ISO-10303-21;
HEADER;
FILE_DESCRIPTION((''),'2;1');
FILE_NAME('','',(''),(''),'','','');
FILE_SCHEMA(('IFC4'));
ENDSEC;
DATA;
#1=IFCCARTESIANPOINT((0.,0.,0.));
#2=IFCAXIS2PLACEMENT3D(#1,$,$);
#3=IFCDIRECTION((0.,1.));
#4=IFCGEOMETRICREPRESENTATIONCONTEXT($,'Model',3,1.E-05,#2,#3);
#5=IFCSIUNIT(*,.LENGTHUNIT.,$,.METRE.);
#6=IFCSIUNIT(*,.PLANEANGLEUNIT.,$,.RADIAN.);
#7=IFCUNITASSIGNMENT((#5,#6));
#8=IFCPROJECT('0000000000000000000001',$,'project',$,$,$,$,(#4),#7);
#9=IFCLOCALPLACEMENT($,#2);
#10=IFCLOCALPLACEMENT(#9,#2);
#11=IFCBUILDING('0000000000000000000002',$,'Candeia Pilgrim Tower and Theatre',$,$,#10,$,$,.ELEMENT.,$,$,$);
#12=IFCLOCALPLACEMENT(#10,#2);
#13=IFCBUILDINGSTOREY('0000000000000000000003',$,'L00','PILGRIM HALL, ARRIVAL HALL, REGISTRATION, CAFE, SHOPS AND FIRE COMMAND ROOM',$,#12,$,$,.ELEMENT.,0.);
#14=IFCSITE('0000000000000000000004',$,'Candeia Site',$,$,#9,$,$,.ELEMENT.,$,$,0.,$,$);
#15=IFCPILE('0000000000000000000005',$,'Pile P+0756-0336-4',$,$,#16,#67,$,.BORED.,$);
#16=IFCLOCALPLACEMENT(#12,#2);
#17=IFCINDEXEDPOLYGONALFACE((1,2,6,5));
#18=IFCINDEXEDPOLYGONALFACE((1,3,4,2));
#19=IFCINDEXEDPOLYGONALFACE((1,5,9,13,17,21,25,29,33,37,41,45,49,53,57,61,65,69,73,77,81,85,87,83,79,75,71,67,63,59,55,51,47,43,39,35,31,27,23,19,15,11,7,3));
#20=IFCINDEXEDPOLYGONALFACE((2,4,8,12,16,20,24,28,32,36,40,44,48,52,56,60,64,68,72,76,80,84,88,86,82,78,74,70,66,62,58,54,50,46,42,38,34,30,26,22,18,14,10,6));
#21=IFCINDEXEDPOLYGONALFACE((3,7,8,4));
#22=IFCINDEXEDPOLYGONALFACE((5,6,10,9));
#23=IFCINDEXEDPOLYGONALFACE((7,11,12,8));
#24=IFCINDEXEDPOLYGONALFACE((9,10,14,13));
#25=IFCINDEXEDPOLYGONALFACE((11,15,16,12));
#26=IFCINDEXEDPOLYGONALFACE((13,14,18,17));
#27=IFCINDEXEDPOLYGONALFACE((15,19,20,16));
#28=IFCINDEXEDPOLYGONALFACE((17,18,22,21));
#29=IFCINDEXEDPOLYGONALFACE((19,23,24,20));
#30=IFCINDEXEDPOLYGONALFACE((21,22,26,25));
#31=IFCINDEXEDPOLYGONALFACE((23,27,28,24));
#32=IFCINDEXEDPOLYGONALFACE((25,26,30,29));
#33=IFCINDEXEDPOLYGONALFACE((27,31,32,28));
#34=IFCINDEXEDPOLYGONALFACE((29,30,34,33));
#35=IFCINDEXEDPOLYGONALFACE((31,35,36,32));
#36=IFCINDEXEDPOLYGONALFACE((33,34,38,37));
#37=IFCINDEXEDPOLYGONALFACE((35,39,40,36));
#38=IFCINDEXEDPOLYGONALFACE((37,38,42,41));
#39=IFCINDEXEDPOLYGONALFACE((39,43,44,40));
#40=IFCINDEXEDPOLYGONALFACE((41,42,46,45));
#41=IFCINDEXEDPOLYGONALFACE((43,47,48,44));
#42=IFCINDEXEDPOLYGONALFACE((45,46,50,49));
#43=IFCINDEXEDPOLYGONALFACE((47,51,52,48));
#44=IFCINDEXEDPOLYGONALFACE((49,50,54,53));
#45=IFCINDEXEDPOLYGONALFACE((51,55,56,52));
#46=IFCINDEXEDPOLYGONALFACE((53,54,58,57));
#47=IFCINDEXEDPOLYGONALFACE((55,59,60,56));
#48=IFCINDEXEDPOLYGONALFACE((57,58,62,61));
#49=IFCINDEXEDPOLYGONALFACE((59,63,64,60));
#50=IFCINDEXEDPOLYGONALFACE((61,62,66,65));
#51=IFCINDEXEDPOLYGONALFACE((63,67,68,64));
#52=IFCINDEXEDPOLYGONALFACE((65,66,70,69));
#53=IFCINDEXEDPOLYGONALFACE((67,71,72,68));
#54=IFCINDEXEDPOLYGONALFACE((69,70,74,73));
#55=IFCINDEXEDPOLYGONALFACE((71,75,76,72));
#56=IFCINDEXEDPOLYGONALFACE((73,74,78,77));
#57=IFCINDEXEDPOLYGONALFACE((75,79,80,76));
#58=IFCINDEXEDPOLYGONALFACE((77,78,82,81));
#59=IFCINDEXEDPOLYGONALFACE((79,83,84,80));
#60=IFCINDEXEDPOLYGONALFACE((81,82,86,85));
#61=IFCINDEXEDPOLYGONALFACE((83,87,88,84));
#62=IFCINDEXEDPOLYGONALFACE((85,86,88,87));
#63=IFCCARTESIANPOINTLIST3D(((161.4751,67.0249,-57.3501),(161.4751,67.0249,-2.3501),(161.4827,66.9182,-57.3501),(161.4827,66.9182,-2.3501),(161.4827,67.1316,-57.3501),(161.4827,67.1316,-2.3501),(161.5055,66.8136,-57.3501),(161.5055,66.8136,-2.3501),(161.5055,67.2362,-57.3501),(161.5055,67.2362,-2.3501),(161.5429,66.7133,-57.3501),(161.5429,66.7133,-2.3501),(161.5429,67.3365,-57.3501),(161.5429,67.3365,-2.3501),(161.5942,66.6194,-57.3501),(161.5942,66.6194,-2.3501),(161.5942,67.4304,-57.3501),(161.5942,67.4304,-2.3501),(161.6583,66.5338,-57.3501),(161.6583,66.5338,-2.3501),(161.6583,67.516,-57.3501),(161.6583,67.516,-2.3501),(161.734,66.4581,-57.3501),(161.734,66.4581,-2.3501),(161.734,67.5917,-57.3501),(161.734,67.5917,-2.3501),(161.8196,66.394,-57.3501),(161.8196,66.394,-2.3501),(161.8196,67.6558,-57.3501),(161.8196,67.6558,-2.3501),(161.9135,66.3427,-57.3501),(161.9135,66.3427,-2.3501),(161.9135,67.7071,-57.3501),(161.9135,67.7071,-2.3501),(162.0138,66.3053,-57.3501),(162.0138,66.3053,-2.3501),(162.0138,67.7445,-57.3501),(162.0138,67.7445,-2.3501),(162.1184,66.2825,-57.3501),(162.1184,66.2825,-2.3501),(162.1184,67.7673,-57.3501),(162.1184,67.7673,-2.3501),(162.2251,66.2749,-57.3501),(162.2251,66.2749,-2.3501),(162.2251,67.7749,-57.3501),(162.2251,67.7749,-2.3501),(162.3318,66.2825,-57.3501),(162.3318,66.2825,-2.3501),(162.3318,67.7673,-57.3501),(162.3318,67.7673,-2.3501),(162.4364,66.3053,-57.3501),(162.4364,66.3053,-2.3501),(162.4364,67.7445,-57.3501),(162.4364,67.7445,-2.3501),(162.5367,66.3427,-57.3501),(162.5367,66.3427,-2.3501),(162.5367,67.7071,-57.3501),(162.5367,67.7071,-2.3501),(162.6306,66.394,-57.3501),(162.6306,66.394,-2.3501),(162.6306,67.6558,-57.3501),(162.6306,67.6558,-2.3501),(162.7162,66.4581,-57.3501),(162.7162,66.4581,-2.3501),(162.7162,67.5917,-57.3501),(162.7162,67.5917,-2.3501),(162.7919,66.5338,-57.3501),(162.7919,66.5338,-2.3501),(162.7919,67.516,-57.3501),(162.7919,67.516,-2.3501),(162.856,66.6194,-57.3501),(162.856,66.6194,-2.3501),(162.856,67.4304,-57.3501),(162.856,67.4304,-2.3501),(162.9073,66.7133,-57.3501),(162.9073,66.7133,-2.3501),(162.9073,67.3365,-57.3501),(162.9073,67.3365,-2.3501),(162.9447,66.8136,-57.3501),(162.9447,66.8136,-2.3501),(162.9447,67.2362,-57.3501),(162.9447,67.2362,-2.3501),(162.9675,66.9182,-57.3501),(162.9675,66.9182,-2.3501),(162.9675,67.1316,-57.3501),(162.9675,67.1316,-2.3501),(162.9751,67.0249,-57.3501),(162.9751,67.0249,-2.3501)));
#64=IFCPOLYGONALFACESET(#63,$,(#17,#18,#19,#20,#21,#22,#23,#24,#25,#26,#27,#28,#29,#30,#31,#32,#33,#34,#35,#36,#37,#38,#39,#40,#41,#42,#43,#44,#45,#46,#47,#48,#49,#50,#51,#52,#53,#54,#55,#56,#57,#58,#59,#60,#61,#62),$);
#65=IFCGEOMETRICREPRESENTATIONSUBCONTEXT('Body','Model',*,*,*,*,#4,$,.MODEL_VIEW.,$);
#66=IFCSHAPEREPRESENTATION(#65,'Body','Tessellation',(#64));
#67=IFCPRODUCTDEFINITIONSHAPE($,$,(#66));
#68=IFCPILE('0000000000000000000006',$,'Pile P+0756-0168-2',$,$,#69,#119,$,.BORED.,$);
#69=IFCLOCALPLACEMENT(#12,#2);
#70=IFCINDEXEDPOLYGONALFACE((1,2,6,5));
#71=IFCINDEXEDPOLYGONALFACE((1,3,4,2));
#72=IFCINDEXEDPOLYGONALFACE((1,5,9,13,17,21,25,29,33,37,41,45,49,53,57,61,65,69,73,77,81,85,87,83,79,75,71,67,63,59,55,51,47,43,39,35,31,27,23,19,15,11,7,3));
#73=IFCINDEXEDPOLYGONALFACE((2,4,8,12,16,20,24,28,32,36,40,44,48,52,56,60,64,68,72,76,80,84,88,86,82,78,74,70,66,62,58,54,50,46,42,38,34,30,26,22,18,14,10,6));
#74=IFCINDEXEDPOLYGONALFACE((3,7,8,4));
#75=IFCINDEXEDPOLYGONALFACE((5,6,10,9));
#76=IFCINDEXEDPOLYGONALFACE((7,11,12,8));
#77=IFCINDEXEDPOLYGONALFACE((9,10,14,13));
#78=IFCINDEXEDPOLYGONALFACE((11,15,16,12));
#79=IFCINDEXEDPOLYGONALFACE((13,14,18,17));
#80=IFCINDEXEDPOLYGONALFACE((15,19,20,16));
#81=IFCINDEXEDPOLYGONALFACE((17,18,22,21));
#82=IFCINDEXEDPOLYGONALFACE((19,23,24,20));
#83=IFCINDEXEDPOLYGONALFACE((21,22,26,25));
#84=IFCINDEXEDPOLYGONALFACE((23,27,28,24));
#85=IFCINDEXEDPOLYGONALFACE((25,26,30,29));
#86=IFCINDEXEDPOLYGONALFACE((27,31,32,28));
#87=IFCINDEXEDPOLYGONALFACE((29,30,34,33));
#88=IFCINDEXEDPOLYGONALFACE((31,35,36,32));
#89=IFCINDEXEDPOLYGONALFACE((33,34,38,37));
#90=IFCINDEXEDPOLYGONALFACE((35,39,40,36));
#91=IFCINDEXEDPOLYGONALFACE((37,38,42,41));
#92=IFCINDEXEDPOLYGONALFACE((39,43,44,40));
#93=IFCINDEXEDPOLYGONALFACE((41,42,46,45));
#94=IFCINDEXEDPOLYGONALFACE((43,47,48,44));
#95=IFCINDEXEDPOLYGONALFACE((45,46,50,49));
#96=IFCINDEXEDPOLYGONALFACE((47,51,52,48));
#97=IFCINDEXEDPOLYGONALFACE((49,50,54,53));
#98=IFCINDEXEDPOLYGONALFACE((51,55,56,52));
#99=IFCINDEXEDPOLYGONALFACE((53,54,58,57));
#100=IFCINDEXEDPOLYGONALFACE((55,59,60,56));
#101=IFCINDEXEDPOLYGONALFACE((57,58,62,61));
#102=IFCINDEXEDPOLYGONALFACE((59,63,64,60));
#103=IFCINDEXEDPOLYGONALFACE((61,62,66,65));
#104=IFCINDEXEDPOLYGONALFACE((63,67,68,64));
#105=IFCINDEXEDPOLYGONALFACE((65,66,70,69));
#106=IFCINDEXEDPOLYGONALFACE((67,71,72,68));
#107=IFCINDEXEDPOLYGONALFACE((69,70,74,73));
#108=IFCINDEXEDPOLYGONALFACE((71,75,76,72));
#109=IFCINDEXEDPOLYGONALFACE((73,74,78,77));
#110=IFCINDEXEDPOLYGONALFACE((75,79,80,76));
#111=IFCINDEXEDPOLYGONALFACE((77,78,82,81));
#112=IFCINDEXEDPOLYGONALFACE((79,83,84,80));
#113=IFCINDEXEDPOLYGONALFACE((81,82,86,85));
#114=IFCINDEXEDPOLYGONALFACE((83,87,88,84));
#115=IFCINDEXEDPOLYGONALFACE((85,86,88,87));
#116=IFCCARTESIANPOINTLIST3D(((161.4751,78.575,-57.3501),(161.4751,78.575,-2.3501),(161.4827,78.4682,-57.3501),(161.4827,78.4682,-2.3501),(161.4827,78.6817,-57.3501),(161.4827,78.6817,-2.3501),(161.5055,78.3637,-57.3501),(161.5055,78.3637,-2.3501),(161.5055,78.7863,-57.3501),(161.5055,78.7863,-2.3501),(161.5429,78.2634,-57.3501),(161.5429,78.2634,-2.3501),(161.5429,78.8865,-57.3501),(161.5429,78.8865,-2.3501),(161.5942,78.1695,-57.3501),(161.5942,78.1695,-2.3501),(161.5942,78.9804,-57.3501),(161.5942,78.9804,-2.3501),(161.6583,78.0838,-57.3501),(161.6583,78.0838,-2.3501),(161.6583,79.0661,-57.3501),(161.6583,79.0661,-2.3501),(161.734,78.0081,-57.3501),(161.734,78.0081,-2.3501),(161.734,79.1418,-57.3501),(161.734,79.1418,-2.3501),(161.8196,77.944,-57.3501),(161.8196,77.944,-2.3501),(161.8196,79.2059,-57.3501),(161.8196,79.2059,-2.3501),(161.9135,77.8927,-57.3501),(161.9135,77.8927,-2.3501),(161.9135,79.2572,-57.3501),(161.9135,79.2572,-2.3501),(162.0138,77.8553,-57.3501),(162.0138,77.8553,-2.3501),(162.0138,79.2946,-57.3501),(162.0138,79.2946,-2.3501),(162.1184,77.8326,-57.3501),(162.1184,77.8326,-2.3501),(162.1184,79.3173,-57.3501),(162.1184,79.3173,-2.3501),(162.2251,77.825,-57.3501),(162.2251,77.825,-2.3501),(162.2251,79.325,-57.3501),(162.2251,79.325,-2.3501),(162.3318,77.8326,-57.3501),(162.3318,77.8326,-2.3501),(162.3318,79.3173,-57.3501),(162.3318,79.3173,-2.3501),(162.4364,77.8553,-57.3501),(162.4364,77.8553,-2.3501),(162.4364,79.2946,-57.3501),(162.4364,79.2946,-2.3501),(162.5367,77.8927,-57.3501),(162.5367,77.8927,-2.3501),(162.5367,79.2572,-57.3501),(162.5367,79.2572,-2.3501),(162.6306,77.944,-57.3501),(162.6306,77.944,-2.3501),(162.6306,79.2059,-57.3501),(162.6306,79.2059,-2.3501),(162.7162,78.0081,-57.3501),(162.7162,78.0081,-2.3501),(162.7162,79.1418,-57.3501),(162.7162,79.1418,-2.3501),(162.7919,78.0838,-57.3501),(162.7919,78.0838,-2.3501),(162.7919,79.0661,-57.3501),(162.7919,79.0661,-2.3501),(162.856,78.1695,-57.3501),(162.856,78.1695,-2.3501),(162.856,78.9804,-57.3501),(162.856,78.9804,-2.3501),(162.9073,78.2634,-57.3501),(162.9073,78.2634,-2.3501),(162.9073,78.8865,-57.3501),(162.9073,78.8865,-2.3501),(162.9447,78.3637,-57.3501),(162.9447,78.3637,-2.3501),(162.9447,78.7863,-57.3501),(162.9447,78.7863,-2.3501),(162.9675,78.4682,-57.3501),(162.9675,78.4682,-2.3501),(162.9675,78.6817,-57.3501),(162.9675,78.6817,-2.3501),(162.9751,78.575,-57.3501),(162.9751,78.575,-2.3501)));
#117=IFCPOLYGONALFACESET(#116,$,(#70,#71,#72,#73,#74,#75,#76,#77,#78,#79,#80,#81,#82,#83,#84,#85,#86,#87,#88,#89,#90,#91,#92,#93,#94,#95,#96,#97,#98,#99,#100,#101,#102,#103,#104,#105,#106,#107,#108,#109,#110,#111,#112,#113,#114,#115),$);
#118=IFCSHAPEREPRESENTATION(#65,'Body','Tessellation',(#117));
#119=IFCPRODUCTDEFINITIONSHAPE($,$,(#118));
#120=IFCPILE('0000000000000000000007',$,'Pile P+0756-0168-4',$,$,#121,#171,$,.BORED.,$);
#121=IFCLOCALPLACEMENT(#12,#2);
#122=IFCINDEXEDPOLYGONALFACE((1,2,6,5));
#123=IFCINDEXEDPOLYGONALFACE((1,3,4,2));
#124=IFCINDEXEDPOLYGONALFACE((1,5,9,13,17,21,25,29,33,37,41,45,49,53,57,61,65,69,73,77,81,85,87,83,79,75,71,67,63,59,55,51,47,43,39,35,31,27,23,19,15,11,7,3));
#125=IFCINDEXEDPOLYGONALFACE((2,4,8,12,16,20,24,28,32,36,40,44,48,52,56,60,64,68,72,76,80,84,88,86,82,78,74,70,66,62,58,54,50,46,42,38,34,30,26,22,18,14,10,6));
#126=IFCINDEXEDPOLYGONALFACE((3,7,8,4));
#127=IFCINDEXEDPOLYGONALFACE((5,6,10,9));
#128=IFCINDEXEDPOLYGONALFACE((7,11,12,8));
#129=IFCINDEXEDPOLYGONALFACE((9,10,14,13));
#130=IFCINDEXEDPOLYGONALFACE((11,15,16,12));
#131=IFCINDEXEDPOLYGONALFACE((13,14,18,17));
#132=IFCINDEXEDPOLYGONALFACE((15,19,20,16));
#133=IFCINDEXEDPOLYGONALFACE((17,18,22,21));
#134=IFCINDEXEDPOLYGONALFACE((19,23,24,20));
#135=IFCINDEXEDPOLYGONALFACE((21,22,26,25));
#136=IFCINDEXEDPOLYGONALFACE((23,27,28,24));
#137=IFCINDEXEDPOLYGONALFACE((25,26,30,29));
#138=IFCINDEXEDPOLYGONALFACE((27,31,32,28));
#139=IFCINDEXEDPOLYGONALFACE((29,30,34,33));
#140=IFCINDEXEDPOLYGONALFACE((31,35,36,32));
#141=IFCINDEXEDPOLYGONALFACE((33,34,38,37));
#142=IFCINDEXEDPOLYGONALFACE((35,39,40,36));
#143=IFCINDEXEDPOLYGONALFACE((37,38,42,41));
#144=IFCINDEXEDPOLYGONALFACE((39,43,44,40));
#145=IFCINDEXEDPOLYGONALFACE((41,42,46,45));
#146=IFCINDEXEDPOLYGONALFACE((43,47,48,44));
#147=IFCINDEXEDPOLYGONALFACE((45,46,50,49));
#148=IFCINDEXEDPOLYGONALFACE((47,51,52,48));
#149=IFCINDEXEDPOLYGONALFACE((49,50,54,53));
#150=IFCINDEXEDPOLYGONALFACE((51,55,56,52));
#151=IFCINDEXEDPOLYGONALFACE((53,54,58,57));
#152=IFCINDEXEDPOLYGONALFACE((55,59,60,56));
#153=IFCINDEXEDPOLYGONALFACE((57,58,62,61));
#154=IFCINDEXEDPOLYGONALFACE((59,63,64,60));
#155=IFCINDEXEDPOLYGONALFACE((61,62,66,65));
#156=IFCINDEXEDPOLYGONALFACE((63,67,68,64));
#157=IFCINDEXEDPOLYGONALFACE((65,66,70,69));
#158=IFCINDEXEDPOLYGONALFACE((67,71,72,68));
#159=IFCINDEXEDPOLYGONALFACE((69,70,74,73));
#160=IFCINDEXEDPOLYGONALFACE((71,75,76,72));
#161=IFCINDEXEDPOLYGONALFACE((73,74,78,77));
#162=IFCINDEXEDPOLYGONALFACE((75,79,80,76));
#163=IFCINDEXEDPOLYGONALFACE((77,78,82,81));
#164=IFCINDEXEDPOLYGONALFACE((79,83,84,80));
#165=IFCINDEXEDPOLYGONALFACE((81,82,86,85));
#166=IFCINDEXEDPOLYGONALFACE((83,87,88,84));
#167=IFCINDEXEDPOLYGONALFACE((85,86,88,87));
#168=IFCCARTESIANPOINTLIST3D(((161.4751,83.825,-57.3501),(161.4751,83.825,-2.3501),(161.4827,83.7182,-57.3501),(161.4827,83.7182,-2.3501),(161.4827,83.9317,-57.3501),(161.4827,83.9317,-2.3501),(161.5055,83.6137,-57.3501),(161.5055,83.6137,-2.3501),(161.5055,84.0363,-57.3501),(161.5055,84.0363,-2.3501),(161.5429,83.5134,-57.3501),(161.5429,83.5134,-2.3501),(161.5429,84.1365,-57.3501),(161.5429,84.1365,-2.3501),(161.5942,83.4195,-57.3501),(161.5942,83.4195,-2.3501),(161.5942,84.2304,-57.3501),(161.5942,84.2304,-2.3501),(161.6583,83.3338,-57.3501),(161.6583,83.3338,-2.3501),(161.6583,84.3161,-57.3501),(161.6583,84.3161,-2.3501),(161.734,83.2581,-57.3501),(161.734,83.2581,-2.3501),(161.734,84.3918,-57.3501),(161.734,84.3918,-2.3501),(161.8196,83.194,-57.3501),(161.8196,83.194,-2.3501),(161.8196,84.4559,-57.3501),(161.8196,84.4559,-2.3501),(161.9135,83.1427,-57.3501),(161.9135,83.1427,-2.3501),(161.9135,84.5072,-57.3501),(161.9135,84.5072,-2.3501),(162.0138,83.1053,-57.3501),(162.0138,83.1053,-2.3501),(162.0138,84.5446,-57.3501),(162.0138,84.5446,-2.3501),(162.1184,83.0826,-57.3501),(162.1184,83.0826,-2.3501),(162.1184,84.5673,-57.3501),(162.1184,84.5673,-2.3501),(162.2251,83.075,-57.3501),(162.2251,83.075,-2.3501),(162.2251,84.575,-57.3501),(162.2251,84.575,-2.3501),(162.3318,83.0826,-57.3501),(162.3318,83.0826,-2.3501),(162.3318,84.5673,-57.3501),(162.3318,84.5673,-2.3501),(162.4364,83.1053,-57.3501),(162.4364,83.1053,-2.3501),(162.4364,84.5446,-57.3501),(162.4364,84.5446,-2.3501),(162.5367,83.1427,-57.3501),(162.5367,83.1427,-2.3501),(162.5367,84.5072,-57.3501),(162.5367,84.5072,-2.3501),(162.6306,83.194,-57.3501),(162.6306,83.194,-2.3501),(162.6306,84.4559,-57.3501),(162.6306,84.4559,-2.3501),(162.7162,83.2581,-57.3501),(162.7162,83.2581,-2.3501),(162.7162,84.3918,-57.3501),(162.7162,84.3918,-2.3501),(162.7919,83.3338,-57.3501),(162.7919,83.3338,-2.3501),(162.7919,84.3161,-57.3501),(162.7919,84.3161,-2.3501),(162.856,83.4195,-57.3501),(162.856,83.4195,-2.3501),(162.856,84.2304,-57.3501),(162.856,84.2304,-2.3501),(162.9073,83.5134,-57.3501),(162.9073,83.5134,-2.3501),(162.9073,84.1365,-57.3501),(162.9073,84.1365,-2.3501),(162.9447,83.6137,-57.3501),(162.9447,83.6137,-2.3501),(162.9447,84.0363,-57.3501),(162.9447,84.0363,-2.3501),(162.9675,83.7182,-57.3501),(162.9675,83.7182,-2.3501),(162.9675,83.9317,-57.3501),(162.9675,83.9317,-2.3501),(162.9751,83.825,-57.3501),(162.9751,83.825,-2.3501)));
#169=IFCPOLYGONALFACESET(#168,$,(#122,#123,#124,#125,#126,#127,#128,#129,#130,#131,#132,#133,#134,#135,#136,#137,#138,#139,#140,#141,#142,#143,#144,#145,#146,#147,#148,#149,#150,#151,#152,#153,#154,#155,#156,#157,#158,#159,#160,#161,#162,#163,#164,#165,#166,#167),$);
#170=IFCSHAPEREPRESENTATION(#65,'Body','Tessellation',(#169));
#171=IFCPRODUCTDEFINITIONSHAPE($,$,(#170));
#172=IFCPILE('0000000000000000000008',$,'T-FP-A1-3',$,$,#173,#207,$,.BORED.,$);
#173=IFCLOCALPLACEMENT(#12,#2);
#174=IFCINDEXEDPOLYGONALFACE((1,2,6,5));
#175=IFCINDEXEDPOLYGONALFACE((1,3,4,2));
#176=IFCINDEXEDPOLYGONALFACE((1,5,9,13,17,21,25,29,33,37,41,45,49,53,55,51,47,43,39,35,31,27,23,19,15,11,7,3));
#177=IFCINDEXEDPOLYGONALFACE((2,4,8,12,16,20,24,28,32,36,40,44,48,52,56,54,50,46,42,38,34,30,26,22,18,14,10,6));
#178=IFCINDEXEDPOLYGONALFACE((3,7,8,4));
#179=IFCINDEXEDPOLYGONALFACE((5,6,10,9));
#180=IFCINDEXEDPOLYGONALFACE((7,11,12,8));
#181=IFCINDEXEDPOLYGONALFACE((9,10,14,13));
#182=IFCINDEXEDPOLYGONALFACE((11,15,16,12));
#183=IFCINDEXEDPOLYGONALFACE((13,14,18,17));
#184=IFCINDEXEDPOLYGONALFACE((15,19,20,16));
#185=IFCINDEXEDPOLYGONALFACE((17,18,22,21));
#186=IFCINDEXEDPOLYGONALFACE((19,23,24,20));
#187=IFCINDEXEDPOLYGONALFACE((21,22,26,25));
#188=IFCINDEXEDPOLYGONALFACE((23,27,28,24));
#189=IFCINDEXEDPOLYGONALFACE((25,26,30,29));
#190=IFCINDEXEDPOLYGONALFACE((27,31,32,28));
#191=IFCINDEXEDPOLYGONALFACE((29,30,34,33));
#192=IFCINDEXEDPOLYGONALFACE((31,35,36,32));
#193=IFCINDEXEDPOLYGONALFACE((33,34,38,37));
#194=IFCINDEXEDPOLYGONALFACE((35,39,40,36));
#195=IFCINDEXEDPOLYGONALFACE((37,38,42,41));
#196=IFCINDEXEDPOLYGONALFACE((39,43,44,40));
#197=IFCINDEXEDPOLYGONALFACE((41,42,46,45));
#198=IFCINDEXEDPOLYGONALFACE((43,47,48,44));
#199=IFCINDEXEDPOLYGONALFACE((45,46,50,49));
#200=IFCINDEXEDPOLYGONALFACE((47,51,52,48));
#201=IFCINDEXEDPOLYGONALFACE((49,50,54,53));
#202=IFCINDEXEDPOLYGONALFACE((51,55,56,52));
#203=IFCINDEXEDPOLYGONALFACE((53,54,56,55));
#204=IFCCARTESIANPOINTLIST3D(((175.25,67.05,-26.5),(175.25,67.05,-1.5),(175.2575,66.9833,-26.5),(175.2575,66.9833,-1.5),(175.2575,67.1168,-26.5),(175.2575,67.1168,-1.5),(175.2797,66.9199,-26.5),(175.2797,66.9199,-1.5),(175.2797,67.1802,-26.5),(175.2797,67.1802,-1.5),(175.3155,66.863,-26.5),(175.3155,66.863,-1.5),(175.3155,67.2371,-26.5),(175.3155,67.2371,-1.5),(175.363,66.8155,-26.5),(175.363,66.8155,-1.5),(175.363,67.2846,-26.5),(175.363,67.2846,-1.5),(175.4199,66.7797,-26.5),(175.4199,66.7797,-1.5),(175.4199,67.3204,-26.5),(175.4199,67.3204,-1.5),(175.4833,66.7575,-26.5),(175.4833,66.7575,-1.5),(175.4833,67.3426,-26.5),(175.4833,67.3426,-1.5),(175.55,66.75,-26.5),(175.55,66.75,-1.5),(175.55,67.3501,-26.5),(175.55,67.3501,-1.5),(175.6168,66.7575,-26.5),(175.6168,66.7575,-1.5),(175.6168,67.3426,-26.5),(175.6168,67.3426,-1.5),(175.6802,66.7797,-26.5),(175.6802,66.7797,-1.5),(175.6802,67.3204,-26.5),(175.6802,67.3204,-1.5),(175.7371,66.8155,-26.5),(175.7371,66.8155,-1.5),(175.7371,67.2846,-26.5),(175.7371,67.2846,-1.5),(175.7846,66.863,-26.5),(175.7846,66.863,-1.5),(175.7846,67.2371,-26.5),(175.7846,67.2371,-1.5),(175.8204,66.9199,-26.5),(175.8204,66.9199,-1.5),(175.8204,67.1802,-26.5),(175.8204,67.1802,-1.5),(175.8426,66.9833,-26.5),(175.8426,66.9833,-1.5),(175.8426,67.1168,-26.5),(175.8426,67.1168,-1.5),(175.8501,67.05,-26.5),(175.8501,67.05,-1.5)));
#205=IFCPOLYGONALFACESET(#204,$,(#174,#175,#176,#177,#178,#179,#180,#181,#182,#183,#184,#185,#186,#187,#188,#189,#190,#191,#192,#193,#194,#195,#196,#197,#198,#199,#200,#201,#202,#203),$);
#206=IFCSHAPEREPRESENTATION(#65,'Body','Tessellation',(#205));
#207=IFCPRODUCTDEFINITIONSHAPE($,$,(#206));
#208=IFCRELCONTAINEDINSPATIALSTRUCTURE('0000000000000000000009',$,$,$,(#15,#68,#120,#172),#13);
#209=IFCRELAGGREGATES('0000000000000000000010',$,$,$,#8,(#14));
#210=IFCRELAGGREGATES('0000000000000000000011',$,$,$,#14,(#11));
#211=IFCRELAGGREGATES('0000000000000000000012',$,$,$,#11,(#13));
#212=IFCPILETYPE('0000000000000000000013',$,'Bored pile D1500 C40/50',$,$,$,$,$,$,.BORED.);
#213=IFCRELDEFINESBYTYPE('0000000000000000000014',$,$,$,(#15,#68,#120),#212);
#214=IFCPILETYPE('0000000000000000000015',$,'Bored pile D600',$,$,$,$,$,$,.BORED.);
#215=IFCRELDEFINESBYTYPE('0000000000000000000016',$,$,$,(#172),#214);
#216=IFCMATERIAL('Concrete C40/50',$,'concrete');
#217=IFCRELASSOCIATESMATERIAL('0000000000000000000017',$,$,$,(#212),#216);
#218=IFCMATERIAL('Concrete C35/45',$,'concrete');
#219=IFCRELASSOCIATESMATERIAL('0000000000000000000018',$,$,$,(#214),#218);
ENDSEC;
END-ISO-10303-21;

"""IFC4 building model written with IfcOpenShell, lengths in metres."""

from ifc_helpers import new_model, si_unit, direction, frame, origin, origin_2d, place, context, subcontext, project, spatial, circle, extrude, material, material_profile, profile_set, type_object, element, save


model = new_model("IFC4")

# Units and contexts
model_context = context("Model", 3, precision=1e-05, world=origin(), true_north=direction((0.0, 1.0)))
body_context = subcontext(model_context, "Body", "Model", "MODEL_VIEW")
ifc_project = project(units=[si_unit("LENGTHUNIT", "METRE"), si_unit("PLANEANGLEUNIT", "RADIAN")], contexts=[model_context])

# Site, building, storey
site_placement = place(None, origin())
site = spatial("IfcSite", under=ifc_project, at=site_placement, Name="Candeia Site", CompositionType="ELEMENT", RefElevation=0.0)
building_placement = place(site_placement, origin())
building = spatial("IfcBuilding", under=site, at=building_placement, Name="Candeia Pilgrim Tower and Theatre", CompositionType="ELEMENT")
storey_placement = place(building_placement, origin())
storey = spatial("IfcBuildingStorey", under=building, at=storey_placement, Name="L00", Description="PILGRIM HALL, ARRIVAL HALL, REGISTRATION, CAFE, SHOPS AND FIRE COMMAND ROOM", CompositionType="ELEMENT", Elevation=0.0)

# Piles
ifc_material_1 = material(Name="Concrete C40/50", Category="concrete")
ifc_material_profile_1 = material_profile(ifc_material_1, circle(Radius=0.75, at=origin_2d()))
ifc_profile_set_1 = profile_set([ifc_material_profile_1], Name="Concrete C40/50")
pile_type_1 = type_object("IfcPileType", Name="Bored pile D1500 C40/50", PredefinedType="BORED", material=ifc_profile_set_1)
for number, where, z_axis, x_axis, name in (
    (1, (162.2251, 67.0249, -2.3501), (0.0, 0.0, -1.0), (1.0, 0.0, 0.0), "Pile P+0756-0336-4"),
    (2, (162.2251, 78.575, -2.3501), (0.0, 0.0, -1.0), (1.0, 0.0, 0.0), "Pile P+0756-0168-2"),
    (3, (162.2251, 83.825, -2.3501), (0.0, 0.0, -1.0), (1.0, 0.0, 0.0), "Pile P+0756-0168-4"),
):
    element("IfcPile", number, at=place(storey_placement, frame(where, z_axis=z_axis, x_axis=x_axis)), inside=storey, type_object=pile_type_1, Name=name, PredefinedType="BORED", context=body_context, shape_type="SweptSolid", body=[
        extrude(circle(Radius=0.75, at=origin_2d()), origin(), (0.0, 0.0, 1.0), 55.0),
    ])
ifc_material_2 = material(Name="Concrete C35/45", Category="concrete")
pile_type_2 = type_object("IfcPileType", Name="Bored pile D600", PredefinedType="BORED", material=ifc_material_2)
for number, where, z_axis, x_axis, name in (
    (4, (175.55, 67.05, -1.5), (0.0, 0.0, -1.0), (1.0, 0.0, 0.0), "T-FP-A1-3"),
):
    element("IfcPile", number, at=place(storey_placement, frame(where, z_axis=z_axis, x_axis=x_axis)), inside=storey, type_object=pile_type_2, Name=name, PredefinedType="BORED", context=body_context, shape_type="SweptSolid", body=[
        extrude(circle(Radius=0.3, at=origin_2d()), origin(), (0.0, 0.0, 1.0), 25.0),
    ])

save(model, "model.ifc")
